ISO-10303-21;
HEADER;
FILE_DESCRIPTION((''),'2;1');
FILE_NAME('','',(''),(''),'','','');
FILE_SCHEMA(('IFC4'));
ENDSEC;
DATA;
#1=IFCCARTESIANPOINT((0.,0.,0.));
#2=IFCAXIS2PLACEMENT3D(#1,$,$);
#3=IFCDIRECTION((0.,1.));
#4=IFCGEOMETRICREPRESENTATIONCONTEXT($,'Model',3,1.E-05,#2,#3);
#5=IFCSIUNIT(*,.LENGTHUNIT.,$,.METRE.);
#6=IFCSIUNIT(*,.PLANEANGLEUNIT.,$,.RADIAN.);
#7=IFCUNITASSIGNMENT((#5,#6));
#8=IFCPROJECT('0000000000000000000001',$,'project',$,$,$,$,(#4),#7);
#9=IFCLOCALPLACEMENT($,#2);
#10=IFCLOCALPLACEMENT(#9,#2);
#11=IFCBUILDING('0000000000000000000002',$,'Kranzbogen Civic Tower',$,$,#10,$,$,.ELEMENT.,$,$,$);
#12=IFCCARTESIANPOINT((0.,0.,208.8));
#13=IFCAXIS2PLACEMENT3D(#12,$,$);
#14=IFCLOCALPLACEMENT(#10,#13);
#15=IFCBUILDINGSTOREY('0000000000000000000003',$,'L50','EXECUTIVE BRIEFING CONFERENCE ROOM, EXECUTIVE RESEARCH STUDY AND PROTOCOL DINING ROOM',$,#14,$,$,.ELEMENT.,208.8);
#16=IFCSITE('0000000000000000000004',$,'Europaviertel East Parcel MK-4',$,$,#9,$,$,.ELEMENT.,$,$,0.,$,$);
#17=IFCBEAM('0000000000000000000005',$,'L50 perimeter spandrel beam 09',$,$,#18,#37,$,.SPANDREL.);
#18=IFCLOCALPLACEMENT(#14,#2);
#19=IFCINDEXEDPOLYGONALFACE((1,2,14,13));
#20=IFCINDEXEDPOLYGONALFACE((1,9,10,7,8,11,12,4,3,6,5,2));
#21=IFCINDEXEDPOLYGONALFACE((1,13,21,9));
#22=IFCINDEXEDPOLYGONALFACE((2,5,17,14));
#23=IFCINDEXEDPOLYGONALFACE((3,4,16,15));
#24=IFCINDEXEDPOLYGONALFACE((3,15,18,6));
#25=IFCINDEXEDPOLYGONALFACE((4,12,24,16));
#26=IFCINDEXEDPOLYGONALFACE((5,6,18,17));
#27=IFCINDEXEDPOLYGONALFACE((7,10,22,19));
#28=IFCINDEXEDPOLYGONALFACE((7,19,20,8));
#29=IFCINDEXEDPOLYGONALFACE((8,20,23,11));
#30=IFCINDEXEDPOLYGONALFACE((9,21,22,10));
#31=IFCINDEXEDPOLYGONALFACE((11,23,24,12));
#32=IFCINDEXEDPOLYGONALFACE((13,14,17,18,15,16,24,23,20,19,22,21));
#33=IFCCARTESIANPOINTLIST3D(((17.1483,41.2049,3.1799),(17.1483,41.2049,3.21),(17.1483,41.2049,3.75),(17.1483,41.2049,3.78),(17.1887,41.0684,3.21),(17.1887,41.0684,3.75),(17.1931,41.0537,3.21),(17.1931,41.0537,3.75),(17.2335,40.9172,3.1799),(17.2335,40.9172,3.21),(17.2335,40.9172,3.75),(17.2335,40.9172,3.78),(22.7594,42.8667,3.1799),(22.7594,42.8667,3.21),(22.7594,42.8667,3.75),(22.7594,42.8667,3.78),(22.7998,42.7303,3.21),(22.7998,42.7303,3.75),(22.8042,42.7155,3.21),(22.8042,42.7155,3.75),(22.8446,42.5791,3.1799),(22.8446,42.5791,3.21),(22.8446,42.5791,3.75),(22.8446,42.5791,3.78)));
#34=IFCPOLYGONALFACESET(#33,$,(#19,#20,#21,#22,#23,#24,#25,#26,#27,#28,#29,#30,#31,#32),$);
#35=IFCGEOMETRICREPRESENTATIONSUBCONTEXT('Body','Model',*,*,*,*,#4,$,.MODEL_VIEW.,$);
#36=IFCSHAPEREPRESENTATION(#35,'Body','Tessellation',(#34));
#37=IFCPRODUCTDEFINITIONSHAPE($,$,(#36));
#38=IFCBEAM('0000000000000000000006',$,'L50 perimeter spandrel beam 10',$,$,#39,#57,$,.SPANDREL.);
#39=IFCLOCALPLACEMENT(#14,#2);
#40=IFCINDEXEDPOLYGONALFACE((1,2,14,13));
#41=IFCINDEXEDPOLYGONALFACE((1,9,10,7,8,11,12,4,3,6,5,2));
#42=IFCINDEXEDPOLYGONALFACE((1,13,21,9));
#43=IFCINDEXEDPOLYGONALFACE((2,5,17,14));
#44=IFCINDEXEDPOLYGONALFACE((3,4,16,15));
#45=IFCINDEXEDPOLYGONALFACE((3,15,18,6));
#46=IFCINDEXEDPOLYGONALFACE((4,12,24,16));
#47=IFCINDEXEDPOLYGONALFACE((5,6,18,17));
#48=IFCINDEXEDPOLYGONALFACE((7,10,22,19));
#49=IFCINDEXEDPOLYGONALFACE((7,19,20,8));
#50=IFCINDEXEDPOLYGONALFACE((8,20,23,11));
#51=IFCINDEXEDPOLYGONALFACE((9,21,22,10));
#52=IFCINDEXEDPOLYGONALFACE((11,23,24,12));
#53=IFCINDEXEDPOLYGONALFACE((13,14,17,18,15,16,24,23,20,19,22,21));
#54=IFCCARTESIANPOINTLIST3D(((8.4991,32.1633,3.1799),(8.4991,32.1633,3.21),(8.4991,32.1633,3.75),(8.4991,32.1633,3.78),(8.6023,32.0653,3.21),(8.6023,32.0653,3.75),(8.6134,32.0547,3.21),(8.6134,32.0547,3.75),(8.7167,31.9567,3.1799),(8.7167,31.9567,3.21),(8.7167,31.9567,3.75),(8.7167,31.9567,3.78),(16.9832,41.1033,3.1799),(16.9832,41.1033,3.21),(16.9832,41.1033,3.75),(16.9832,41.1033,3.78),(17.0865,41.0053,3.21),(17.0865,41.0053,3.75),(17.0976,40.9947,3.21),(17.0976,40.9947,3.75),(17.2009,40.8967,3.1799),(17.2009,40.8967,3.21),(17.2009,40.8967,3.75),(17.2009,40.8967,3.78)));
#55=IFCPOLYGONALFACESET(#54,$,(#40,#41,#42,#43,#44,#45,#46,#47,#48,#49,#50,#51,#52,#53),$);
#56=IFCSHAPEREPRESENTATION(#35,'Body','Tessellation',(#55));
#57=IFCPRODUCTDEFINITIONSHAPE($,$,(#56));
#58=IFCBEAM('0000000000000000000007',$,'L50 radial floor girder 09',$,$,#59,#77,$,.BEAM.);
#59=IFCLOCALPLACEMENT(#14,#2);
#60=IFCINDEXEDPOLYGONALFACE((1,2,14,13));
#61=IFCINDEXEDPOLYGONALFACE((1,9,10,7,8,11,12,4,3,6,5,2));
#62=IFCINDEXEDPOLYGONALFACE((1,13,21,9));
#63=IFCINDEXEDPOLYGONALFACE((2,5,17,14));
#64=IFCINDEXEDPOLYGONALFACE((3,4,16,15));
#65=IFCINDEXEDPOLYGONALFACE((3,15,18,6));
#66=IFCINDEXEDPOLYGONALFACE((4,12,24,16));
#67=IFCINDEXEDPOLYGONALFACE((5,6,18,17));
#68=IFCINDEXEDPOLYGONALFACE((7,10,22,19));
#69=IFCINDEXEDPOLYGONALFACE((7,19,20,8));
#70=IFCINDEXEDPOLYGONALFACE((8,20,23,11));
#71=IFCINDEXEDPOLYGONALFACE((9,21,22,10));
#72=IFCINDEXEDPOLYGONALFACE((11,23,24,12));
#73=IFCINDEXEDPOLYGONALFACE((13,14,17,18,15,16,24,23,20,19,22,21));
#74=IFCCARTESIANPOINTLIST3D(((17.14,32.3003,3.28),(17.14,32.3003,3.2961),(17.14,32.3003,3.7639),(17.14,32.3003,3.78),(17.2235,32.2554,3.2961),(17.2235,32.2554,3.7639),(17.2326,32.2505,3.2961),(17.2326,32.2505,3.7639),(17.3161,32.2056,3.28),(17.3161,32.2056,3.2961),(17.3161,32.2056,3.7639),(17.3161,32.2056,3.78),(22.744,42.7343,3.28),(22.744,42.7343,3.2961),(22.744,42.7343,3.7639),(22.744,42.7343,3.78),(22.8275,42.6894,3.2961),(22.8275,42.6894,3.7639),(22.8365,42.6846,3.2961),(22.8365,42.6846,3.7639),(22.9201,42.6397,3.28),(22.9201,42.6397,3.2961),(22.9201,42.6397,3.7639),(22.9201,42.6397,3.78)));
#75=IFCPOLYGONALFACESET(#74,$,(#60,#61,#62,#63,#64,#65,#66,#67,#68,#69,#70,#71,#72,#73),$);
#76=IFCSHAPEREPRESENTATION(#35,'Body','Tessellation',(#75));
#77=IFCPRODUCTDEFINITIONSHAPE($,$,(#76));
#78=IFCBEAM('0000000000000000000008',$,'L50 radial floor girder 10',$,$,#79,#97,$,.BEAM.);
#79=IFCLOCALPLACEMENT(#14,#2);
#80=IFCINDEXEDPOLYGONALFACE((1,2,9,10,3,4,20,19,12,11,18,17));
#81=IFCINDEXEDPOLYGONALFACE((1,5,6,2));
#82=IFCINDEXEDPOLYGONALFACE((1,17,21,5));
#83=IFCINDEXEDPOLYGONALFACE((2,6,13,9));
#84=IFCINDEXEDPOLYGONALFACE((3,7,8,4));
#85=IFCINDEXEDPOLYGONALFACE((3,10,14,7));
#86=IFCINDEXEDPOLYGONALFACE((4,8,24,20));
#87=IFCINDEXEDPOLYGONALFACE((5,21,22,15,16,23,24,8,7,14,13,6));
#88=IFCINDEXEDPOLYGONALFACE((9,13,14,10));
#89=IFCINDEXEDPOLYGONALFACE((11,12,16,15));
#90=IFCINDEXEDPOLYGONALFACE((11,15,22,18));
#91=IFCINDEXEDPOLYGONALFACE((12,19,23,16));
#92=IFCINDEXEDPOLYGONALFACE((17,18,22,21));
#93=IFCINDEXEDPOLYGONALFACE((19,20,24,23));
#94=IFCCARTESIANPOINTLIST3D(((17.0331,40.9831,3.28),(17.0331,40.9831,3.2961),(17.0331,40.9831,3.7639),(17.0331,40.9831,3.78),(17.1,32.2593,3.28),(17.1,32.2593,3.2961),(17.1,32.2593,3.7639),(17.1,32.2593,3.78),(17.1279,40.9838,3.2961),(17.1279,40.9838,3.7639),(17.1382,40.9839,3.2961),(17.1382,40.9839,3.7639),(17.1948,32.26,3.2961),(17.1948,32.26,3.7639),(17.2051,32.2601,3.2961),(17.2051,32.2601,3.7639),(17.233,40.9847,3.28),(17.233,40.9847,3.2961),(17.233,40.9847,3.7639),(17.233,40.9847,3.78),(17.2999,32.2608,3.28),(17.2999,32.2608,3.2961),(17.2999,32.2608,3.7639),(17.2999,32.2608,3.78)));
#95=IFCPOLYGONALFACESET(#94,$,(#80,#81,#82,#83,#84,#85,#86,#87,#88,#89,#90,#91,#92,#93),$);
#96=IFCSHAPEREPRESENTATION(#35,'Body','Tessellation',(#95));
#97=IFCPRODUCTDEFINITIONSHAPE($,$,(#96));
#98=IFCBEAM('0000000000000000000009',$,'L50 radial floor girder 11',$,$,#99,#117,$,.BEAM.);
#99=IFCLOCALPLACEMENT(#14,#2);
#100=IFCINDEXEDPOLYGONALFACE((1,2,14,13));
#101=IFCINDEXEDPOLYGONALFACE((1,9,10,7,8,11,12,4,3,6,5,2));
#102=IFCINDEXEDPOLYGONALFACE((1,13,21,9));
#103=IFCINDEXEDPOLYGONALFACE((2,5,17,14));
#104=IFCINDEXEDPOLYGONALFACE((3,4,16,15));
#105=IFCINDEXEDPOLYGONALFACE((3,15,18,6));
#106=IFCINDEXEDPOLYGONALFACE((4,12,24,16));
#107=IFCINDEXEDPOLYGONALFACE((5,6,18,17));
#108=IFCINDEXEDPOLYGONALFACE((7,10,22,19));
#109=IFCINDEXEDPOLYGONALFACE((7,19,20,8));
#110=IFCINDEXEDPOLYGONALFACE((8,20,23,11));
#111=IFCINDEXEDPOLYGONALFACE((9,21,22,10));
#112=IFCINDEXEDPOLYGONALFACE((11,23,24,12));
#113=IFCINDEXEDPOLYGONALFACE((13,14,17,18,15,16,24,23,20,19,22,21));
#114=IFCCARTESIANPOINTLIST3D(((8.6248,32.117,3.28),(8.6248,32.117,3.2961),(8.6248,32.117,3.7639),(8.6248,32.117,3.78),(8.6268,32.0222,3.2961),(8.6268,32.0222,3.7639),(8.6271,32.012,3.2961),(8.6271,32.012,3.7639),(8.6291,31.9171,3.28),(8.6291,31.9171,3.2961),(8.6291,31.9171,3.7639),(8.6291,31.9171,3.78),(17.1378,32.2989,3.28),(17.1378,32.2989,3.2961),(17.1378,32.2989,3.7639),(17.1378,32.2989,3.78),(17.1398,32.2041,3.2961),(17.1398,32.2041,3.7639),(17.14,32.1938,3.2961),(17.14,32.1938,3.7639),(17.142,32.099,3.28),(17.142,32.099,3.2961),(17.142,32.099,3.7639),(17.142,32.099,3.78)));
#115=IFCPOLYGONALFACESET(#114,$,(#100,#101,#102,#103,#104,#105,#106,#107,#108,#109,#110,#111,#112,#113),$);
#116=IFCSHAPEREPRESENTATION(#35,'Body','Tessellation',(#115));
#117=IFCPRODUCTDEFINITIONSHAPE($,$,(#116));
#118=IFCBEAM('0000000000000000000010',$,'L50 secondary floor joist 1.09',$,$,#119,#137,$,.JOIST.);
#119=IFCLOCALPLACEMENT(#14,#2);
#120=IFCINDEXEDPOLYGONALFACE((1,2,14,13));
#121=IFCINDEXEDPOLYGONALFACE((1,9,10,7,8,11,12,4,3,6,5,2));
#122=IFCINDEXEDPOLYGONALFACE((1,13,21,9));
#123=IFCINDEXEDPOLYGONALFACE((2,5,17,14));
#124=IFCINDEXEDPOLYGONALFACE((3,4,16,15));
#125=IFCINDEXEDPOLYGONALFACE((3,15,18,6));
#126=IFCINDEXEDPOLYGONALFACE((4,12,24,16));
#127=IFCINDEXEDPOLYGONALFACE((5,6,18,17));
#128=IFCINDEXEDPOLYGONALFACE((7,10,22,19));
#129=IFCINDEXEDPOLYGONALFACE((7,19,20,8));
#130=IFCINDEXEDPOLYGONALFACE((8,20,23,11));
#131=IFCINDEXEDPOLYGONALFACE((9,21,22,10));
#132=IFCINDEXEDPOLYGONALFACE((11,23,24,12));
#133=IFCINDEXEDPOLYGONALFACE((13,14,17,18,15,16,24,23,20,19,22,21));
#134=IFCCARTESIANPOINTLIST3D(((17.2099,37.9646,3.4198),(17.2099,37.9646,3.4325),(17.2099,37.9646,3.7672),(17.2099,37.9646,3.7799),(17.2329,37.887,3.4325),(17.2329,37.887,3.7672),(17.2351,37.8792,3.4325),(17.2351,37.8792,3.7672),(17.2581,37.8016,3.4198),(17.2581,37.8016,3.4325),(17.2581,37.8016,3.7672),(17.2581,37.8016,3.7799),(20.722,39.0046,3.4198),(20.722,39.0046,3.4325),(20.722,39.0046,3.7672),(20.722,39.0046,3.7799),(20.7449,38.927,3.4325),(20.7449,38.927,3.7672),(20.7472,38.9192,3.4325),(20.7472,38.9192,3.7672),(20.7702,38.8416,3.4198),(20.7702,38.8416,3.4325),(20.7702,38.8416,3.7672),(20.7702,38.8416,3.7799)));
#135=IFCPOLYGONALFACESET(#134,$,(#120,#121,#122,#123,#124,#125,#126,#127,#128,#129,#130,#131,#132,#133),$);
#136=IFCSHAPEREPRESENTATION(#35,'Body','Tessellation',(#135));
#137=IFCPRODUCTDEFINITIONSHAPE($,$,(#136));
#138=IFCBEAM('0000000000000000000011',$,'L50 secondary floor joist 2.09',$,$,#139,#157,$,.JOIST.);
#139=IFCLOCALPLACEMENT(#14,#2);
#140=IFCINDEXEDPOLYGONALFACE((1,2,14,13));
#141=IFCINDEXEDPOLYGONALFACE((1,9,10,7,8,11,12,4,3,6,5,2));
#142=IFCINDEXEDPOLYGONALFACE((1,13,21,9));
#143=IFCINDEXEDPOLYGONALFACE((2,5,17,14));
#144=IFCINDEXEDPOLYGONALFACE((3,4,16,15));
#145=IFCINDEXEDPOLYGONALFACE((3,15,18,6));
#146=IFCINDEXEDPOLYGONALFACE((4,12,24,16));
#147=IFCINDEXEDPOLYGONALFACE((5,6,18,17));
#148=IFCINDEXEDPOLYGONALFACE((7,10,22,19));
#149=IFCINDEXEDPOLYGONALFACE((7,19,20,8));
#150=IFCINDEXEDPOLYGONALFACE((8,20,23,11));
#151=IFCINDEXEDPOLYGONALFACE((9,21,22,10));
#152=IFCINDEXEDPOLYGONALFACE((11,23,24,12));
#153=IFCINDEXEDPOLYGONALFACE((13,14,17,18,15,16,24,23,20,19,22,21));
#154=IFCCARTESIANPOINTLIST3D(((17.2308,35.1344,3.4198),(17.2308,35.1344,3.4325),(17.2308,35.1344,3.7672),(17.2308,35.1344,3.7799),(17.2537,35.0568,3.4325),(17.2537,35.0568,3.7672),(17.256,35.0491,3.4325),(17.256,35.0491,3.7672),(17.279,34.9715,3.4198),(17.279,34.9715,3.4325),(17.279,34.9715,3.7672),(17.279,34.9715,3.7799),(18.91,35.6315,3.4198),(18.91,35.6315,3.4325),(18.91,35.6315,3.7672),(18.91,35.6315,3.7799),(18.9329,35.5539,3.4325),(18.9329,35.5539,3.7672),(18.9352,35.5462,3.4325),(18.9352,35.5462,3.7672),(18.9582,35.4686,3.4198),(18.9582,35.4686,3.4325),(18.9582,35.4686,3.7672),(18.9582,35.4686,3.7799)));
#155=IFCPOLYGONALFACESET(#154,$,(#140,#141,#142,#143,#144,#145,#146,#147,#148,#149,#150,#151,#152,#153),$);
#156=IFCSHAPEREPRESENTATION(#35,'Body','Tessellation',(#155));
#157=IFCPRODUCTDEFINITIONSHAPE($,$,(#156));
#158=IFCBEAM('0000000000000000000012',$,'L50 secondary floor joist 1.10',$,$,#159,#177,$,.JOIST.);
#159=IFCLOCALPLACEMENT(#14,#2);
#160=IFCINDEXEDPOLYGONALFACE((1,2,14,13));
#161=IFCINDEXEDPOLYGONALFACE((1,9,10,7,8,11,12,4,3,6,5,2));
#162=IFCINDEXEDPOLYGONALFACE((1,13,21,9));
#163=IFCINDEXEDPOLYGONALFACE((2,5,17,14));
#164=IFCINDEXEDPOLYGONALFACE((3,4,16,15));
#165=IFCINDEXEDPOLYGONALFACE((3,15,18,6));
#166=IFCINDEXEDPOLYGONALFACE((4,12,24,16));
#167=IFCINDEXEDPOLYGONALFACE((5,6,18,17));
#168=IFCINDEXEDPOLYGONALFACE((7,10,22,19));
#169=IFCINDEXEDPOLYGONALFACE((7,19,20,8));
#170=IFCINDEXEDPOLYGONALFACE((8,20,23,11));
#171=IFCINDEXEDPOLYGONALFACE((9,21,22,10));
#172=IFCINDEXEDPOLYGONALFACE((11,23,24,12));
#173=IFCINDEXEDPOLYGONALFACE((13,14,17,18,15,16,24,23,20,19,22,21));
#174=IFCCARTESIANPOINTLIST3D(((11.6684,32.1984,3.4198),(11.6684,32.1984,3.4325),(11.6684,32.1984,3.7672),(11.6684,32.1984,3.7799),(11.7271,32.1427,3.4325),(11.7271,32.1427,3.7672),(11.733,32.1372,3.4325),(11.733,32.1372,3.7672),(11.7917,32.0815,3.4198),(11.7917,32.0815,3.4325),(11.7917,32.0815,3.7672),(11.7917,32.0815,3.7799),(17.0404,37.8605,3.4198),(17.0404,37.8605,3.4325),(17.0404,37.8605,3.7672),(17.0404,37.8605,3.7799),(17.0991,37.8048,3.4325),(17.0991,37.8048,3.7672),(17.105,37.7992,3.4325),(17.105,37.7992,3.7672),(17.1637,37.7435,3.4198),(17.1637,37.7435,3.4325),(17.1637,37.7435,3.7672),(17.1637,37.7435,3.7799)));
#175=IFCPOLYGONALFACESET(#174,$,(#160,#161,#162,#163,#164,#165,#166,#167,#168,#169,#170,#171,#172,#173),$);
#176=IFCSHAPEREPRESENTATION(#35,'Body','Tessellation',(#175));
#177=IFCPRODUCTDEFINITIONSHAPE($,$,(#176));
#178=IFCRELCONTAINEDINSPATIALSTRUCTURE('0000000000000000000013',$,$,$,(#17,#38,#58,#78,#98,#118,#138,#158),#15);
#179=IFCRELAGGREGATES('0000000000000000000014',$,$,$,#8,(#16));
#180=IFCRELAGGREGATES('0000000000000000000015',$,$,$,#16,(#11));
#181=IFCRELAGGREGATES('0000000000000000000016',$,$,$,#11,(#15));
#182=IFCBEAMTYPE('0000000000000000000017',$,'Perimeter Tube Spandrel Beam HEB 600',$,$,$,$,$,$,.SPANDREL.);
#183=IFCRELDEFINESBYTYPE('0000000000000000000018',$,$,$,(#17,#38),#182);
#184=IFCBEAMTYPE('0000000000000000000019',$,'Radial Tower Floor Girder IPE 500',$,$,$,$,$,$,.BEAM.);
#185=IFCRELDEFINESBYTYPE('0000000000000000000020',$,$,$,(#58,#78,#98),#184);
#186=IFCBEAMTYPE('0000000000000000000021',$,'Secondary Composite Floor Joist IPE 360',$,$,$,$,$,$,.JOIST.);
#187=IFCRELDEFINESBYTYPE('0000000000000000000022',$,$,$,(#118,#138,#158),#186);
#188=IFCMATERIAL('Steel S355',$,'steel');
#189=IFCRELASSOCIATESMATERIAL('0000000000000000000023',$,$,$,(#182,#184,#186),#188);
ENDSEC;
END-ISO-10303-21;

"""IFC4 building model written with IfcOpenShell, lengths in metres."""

from ifc_helpers import new_model, si_unit, direction, frame, origin, origin_2d, place, context, subcontext, project, spatial, i_section, extrude, material, material_profile, profile_set, type_object, element, save


model = new_model("IFC4")

# Units and contexts
model_context = context("Model", 3, precision=1e-05, world=origin(), true_north=direction((0.0, 1.0)))
body_context = subcontext(model_context, "Body", "Model", "MODEL_VIEW")
ifc_project = project(units=[si_unit("LENGTHUNIT", "METRE"), si_unit("PLANEANGLEUNIT", "RADIAN")], contexts=[model_context])

# Site, building, storey
site_placement = place(None, origin())
site = spatial("IfcSite", under=ifc_project, at=site_placement, Name="Europaviertel East Parcel MK-4", CompositionType="ELEMENT", RefElevation=0.0)
building_placement = place(site_placement, origin())
building = spatial("IfcBuilding", under=site, at=building_placement, Name="Kranzbogen Civic Tower", CompositionType="ELEMENT")
storey_placement = place(building_placement, frame((0.0, 0.0, 208.8)))
storey = spatial("IfcBuildingStorey", under=building, at=storey_placement, Name="L50", Description="EXECUTIVE BRIEFING CONFERENCE ROOM, EXECUTIVE RESEARCH STUDY AND PROTOCOL DINING ROOM", CompositionType="ELEMENT", Elevation=208.8)

# Shared definitions
ifc_material_1 = material(Name="Steel S355", Category="steel")

# Beams
ifc_material_profile_1 = material_profile(ifc_material_1, i_section(OverallWidth=0.3, OverallDepth=0.6001, WebThickness=0.0154, FlangeThickness=0.03, at=origin_2d()), Name="HEB 600")
ifc_profile_set_1 = profile_set([ifc_material_profile_1], Name="Steel S355")
beam_type_1 = type_object("IfcBeamType", Name="Perimeter Tube Spandrel Beam HEB 600", PredefinedType="SPANDREL", material=ifc_profile_set_1)
beam_1_placement = place(storey_placement, frame((22.802, 42.7229, 3.48), z_axis=(-0.95883, -0.283982, 0.0), x_axis=(0.283982, -0.95883, 0.0)))
element("IfcBeam", 1, at=beam_1_placement, inside=storey, type_object=beam_type_1, Name="L50 perimeter spandrel beam 09", PredefinedType="SPANDREL", context=body_context, shape_type="SweptSolid", body=[
    extrude(i_section(OverallWidth=0.3, OverallDepth=0.6001, WebThickness=0.0154, FlangeThickness=0.03, at=origin_2d()), origin(), (0.0, 0.0, 1.0), 5.8521),
])
beam_2_placement = place(storey_placement, frame((17.092, 41.0, 3.48), z_axis=(-0.688373, -0.725356, 0.0), x_axis=(0.725356, -0.688373, 0.0)))
element("IfcBeam", 2, at=beam_2_placement, inside=storey, type_object=beam_type_1, Name="L50 perimeter spandrel beam 10", PredefinedType="SPANDREL", context=body_context, shape_type="SweptSolid", body=[
    extrude(i_section(OverallWidth=0.3, OverallDepth=0.6001, WebThickness=0.0154, FlangeThickness=0.03, at=origin_2d()), origin(), (0.0, 0.0, 1.0), 12.325),
])
ifc_material_profile_2 = material_profile(ifc_material_1, i_section(OverallWidth=0.2, OverallDepth=0.5, WebThickness=0.0103, FlangeThickness=0.0161, at=origin_2d()), Name="IPE 500")
ifc_profile_set_2 = profile_set([ifc_material_profile_2], Name="Steel S355")
beam_type_2 = type_object("IfcBeamType", Name="Radial Tower Floor Girder IPE 500", PredefinedType="BEAM", material=ifc_profile_set_2)
beam_3_placement = place(storey_placement, frame((22.832, 42.687, 3.53), z_axis=(-0.47316, -0.880976, 0.0), x_axis=(0.880976, -0.47316, 0.0)))
element("IfcBeam", 3, at=beam_3_placement, inside=storey, type_object=beam_type_2, Name="L50 radial floor girder 09", PredefinedType="BEAM", context=body_context, shape_type="SweptSolid", body=[
    extrude(i_section(OverallWidth=0.2, OverallDepth=0.5, WebThickness=0.0103, FlangeThickness=0.0161, at=origin_2d()), origin(), (0.0, 0.0, 1.0), 11.8438),
])
beam_4_placement = place(storey_placement, frame((17.1331, 40.9839, 3.53), z_axis=(0.007668, -0.999971, 0.0), x_axis=(0.999971, 0.007668, 0.0)))
element("IfcBeam", 4, at=beam_4_placement, inside=storey, type_object=beam_type_2, Name="L50 radial floor girder 10", PredefinedType="BEAM", context=body_context, shape_type="SweptSolid", body=[
    extrude(i_section(OverallWidth=0.2, OverallDepth=0.5, WebThickness=0.0103, FlangeThickness=0.0161, at=origin_2d()), origin(), (0.0, 0.0, 1.0), 8.7241),
])
beam_5_placement = place(storey_placement, frame((8.627, 32.0171, 3.53), z_axis=(0.999772, 0.021361, 0.0), x_axis=(-0.021361, 0.999772, 0.0)))
element("IfcBeam", 5, at=beam_5_placement, inside=storey, type_object=beam_type_2, Name="L50 radial floor girder 11", PredefinedType="BEAM", context=body_context, shape_type="SweptSolid", body=[
    extrude(i_section(OverallWidth=0.2, OverallDepth=0.5, WebThickness=0.0103, FlangeThickness=0.0161, at=origin_2d()), origin(), (0.0, 0.0, 1.0), 8.5149),
])
ifc_material_profile_3 = material_profile(ifc_material_1, i_section(OverallWidth=0.1699, OverallDepth=0.3601, WebThickness=0.0081, FlangeThickness=0.0127, at=origin_2d()), Name="IPE 360")
ifc_profile_set_3 = profile_set([ifc_material_profile_3], Name="Steel S355")
beam_type_3 = type_object("IfcBeamType", Name="Secondary Composite Floor Joist IPE 360", PredefinedType="JOIST", material=ifc_profile_set_3)
beam_6_placement = place(storey_placement, frame((20.7461, 38.9231, 3.5999), z_axis=(-0.958844, -0.283934, 0.0), x_axis=(0.283934, -0.958844, 0.0)))
element("IfcBeam", 6, at=beam_6_placement, inside=storey, type_object=beam_type_3, Name="L50 secondary floor joist 1.09", PredefinedType="JOIST", context=body_context, shape_type="SweptSolid", body=[
    extrude(i_section(OverallWidth=0.1699, OverallDepth=0.3601, WebThickness=0.0081, FlangeThickness=0.0127, at=origin_2d()), origin(), (0.0, 0.0, 1.0), 3.6628),
])
beam_7_placement = place(storey_placement, frame((18.9341, 35.55, 3.5999), z_axis=(-0.958871, -0.283841, 0.0), x_axis=(0.283841, -0.958871, 0.0)))
element("IfcBeam", 7, at=beam_7_placement, inside=storey, type_object=beam_type_3, Name="L50 secondary floor joist 2.09", PredefinedType="JOIST", context=body_context, shape_type="SweptSolid", body=[
    extrude(i_section(OverallWidth=0.1699, OverallDepth=0.3601, WebThickness=0.0081, FlangeThickness=0.0127, at=origin_2d()), origin(), (0.0, 0.0, 1.0), 1.7512),
])
beam_8_placement = place(storey_placement, frame((17.1021, 37.802, 3.5999), z_axis=(-0.688282, -0.725443, 0.0), x_axis=(0.725443, -0.688282, 0.0)))
element("IfcBeam", 8, at=beam_8_placement, inside=storey, type_object=beam_type_3, Name="L50 secondary floor joist 1.10", PredefinedType="JOIST", context=body_context, shape_type="SweptSolid", body=[
    extrude(i_section(OverallWidth=0.1699, OverallDepth=0.3601, WebThickness=0.0081, FlangeThickness=0.0127, at=origin_2d()), origin(), (0.0, 0.0, 1.0), 7.8049),
])

save(model, "model.ifc")
